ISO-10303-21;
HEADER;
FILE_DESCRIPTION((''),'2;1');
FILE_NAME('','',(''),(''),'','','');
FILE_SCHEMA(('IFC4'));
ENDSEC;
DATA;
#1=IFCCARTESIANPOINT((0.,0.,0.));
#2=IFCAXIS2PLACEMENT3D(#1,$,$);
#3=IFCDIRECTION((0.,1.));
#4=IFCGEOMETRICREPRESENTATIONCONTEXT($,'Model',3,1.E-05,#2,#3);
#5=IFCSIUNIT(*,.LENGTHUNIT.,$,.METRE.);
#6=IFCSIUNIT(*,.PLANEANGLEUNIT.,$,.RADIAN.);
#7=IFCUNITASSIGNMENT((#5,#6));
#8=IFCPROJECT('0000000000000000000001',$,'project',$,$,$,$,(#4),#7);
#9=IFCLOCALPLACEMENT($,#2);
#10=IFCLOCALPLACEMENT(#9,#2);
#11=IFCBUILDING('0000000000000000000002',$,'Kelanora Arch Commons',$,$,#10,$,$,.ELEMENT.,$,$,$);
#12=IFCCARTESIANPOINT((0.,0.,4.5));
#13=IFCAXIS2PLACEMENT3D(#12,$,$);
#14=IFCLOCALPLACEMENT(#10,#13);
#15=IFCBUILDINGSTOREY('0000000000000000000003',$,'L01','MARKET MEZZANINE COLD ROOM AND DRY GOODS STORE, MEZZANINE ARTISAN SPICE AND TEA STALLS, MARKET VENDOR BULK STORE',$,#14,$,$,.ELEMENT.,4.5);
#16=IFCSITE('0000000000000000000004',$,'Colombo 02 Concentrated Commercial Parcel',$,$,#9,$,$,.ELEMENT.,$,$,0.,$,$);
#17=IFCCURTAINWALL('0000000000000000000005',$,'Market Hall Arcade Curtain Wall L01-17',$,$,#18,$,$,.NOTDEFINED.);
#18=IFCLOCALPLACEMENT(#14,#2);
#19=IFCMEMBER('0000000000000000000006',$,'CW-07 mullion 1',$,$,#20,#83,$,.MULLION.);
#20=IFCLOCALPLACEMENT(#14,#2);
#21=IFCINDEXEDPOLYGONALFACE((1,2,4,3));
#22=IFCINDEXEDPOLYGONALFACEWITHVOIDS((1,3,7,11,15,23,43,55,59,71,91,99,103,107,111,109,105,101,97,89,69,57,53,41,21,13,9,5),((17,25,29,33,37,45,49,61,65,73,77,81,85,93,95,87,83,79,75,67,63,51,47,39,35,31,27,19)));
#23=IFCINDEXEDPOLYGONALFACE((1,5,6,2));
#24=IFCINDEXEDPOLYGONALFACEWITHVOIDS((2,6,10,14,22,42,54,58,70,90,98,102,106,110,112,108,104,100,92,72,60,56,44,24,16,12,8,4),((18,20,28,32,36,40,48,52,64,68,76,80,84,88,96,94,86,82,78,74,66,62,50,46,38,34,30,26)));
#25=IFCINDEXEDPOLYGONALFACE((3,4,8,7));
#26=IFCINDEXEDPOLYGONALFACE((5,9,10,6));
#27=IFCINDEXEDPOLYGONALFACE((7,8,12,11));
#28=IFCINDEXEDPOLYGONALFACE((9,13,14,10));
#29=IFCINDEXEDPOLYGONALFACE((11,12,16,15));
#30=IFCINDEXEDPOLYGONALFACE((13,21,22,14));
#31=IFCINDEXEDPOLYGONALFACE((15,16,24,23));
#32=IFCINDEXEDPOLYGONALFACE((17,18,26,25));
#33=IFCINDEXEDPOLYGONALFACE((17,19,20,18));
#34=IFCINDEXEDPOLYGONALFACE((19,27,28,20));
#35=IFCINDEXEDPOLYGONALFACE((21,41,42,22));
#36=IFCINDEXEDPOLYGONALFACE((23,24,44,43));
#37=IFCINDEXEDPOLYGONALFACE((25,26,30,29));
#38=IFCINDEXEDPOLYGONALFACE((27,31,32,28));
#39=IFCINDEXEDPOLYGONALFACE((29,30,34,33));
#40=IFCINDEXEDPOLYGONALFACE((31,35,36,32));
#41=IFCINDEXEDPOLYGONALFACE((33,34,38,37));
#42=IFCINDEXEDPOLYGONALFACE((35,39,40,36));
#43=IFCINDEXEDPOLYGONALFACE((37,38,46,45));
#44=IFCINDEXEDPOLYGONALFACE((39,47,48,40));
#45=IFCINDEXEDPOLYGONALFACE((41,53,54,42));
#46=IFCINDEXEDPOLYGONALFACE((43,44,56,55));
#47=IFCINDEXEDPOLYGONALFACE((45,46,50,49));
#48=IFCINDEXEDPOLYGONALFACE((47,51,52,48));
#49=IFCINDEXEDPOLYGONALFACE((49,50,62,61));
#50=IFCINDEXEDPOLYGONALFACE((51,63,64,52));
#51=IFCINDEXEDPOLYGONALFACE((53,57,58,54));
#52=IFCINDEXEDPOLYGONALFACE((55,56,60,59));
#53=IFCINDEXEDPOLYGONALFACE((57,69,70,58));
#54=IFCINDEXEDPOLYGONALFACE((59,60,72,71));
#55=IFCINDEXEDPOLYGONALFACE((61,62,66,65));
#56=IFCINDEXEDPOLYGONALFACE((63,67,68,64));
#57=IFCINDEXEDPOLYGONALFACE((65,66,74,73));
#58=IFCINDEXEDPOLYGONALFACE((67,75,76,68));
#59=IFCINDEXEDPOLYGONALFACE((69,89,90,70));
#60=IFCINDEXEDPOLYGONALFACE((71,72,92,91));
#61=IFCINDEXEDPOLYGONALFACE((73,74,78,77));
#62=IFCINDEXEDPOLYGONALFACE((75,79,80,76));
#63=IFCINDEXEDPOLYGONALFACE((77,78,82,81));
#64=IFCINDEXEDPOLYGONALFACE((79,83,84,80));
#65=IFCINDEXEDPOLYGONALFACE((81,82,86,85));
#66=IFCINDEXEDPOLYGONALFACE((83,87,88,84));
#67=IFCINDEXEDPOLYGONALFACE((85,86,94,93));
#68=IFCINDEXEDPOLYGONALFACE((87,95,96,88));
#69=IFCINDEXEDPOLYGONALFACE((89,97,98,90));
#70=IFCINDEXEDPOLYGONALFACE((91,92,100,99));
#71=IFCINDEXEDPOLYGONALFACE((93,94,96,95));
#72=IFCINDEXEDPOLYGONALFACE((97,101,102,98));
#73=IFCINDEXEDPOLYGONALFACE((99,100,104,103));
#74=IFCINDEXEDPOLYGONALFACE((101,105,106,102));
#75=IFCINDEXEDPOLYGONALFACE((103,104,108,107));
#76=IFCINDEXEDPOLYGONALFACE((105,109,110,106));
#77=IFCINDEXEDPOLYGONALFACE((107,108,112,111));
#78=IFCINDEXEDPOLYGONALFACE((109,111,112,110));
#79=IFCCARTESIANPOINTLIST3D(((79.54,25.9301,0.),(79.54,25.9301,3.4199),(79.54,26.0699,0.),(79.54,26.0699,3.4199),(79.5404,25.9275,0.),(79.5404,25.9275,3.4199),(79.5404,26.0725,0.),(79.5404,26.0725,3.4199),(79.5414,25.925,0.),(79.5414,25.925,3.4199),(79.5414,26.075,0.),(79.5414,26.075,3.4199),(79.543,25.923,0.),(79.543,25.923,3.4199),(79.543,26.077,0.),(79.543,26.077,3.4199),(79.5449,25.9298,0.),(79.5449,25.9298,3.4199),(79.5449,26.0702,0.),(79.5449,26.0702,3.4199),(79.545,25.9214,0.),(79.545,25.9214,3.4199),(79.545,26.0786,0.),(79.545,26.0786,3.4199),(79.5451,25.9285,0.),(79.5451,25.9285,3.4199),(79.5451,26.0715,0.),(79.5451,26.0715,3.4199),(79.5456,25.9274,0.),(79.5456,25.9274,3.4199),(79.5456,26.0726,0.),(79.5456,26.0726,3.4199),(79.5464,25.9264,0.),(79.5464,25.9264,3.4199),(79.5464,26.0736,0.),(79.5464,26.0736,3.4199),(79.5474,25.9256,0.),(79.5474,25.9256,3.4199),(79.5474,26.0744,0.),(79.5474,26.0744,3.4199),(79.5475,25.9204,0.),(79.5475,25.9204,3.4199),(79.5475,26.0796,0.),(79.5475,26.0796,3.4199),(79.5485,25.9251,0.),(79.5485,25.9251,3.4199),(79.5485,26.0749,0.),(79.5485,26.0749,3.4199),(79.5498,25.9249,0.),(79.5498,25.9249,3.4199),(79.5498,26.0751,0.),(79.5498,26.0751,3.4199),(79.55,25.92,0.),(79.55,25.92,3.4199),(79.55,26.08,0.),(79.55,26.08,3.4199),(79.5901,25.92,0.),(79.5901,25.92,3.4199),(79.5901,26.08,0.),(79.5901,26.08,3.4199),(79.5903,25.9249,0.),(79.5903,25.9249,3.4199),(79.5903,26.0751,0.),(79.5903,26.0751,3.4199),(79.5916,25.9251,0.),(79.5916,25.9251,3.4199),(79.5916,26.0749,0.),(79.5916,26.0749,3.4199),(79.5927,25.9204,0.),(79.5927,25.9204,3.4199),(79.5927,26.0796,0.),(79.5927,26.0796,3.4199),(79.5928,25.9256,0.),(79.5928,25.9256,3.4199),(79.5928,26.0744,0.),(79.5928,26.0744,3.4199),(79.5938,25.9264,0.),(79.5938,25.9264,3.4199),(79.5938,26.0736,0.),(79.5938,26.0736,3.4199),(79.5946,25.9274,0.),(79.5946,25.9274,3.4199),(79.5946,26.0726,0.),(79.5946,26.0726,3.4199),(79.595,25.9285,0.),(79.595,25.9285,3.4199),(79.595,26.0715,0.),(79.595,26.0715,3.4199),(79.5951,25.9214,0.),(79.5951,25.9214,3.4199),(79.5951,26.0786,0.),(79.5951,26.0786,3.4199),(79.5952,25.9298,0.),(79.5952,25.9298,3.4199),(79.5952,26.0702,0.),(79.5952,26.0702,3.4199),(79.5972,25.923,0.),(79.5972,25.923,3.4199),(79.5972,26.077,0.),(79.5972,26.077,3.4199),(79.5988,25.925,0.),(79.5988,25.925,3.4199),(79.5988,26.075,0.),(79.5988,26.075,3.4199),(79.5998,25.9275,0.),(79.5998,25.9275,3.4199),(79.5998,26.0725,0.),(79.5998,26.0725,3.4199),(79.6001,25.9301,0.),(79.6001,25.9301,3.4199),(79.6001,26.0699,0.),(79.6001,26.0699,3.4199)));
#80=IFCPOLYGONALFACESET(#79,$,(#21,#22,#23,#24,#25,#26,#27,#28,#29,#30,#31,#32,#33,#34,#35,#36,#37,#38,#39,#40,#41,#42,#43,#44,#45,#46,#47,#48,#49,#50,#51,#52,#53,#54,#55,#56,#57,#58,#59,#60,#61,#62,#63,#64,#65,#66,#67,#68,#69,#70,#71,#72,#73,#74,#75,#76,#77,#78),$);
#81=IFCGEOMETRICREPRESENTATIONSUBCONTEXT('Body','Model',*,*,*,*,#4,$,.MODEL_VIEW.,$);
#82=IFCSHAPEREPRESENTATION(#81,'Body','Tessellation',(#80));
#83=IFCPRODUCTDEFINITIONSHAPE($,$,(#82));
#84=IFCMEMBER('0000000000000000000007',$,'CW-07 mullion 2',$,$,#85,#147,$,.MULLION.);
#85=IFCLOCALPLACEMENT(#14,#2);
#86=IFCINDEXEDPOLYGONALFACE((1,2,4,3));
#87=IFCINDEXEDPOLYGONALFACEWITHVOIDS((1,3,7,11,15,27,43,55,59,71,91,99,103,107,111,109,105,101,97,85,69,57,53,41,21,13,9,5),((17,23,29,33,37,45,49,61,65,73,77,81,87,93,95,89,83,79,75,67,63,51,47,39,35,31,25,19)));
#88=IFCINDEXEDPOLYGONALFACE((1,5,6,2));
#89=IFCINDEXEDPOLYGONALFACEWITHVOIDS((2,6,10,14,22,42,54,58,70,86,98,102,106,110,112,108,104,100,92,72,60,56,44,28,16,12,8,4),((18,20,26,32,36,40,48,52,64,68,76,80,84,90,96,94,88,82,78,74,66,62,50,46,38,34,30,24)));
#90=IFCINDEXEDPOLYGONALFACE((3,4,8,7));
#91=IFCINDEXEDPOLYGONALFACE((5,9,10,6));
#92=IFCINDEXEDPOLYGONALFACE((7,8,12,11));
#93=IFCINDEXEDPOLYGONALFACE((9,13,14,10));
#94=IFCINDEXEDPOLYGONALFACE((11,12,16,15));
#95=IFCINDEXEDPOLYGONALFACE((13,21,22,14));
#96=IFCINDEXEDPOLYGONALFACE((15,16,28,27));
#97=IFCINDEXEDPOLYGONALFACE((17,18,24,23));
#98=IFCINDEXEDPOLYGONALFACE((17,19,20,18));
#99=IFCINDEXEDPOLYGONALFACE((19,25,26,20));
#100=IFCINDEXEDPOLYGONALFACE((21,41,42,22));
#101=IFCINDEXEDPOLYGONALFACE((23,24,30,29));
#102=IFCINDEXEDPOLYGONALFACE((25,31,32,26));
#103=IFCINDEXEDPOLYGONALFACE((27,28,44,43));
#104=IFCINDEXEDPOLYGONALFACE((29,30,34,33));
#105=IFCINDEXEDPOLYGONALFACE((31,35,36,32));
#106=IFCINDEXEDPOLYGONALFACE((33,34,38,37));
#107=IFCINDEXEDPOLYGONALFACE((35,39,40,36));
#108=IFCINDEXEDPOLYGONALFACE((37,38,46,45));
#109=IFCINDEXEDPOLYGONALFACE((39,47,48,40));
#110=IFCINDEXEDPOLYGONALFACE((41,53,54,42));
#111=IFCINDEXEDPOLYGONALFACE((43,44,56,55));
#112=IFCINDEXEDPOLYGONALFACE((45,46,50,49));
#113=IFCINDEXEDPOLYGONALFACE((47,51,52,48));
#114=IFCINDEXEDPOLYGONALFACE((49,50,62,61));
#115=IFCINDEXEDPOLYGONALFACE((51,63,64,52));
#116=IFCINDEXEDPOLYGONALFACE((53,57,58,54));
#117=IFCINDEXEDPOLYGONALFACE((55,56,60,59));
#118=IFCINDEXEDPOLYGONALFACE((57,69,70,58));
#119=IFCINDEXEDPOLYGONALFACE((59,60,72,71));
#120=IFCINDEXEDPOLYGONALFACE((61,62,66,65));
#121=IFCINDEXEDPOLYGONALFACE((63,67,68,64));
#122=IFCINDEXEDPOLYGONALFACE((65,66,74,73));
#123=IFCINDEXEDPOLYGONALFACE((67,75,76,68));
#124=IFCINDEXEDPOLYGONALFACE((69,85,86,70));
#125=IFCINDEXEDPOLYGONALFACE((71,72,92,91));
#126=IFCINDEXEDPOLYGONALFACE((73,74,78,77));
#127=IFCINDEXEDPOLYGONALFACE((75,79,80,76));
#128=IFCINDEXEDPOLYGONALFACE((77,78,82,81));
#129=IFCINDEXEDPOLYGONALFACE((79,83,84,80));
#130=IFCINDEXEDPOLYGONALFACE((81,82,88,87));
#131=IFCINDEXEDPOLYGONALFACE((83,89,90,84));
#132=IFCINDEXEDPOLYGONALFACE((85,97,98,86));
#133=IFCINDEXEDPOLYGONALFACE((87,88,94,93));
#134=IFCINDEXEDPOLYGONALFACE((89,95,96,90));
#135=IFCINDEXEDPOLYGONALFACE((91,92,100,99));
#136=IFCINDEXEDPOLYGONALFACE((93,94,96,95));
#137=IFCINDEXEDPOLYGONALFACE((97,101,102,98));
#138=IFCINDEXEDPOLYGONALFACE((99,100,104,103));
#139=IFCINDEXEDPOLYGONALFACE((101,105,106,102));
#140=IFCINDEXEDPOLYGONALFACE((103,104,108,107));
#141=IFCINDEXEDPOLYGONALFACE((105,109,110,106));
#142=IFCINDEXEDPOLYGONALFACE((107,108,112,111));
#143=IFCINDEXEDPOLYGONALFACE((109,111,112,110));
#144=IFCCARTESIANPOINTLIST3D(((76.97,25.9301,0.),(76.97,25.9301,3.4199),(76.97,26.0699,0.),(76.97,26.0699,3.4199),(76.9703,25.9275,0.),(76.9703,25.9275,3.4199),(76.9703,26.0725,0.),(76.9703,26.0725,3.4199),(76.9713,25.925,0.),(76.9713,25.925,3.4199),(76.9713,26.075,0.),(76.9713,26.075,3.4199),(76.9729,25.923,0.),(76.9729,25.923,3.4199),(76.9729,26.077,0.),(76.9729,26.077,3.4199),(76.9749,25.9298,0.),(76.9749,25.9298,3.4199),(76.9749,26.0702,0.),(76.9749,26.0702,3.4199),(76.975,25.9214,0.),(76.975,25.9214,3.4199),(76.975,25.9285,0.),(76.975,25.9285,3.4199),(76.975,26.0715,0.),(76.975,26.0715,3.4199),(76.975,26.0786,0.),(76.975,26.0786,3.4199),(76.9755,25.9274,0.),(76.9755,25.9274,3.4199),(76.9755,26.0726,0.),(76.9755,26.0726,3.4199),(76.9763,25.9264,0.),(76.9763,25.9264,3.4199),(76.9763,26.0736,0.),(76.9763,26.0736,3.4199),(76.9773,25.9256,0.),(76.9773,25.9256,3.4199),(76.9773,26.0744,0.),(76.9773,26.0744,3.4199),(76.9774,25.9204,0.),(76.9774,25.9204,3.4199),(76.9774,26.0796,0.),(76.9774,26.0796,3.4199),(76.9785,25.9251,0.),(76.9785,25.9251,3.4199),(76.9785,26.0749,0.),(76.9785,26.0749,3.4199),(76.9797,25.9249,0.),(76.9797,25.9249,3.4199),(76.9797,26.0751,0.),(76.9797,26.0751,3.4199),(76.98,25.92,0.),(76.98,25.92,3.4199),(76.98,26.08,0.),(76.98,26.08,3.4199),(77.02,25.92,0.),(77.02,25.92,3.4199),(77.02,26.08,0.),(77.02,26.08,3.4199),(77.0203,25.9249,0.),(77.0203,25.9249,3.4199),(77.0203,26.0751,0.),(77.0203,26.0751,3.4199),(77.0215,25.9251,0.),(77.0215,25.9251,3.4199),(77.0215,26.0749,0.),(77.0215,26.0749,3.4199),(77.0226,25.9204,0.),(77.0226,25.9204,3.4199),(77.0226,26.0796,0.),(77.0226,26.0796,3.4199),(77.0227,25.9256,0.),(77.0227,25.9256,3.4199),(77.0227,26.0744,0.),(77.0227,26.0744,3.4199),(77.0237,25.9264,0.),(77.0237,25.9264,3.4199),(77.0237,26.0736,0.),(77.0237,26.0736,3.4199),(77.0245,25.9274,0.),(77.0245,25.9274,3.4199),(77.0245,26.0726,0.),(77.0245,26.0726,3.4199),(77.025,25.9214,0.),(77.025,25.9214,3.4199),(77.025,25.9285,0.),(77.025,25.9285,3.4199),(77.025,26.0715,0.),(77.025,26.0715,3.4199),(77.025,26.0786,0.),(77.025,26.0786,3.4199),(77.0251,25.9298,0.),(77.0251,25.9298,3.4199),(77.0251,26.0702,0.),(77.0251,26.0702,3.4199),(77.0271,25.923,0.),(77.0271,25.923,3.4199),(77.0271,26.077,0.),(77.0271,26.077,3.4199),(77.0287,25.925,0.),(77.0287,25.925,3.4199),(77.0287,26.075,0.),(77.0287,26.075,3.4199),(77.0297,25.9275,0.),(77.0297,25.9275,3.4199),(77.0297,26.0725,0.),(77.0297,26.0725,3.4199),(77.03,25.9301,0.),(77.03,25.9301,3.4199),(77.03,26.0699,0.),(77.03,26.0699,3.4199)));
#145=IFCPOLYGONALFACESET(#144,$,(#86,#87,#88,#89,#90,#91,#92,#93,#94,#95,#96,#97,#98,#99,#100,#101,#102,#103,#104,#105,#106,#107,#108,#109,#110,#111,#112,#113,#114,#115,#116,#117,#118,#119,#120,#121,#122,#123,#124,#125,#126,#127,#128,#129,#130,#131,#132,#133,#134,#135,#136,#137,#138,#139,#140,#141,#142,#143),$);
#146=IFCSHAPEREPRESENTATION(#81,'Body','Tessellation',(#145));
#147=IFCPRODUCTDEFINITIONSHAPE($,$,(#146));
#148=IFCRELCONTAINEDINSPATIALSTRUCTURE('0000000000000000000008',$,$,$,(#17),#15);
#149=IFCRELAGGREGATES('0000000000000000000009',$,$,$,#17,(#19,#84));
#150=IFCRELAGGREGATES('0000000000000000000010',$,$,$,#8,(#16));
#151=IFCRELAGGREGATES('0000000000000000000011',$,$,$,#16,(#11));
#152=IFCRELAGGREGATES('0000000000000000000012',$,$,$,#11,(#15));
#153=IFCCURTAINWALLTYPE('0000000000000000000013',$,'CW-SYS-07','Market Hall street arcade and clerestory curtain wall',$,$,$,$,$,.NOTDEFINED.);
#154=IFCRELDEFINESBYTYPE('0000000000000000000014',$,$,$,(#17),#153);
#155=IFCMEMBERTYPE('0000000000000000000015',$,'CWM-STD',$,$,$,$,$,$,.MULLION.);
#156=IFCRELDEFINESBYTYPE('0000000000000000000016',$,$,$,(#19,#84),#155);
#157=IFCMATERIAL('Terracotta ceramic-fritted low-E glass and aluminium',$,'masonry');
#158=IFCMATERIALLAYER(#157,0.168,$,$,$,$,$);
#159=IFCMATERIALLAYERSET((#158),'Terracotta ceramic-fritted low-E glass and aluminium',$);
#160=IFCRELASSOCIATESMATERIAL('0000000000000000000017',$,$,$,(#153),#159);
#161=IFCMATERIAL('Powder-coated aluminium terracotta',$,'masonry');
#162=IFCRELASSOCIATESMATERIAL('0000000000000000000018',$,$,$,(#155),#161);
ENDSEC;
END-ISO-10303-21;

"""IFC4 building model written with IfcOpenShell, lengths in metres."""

from ifc_helpers import new_model, si_unit, direction, frame, origin, origin_2d, place, context, subcontext, project, spatial, hollow_rectangle, extrude, material, layer, layer_set, material_profile, profile_set, type_object, element, aggregate, save


model = new_model("IFC4")

# Units and contexts
model_context = context("Model", 3, precision=1e-05, world=origin(), true_north=direction((0.0, 1.0)))
body_context = subcontext(model_context, "Body", "Model", "MODEL_VIEW")
ifc_project = project(units=[si_unit("LENGTHUNIT", "METRE"), si_unit("PLANEANGLEUNIT", "RADIAN")], contexts=[model_context])

# Site, building, storey
site_placement = place(None, origin())
site = spatial("IfcSite", under=ifc_project, at=site_placement, Name="Colombo 02 Concentrated Commercial Parcel", CompositionType="ELEMENT", RefElevation=0.0)
building_placement = place(site_placement, origin())
building = spatial("IfcBuilding", under=site, at=building_placement, Name="Kelanora Arch Commons", CompositionType="ELEMENT")
storey_placement = place(building_placement, frame((0.0, 0.0, 4.5)))
storey = spatial("IfcBuildingStorey", under=building, at=storey_placement, Name="L01", Description="MARKET MEZZANINE COLD ROOM AND DRY GOODS STORE, MEZZANINE ARTISAN SPICE AND TEA STALLS, MARKET VENDOR BULK STORE", CompositionType="ELEMENT", Elevation=4.5)

# Curtain wall, members
ifc_material_1 = material(Name="Terracotta ceramic-fritted low-E glass and aluminium", Category="masonry")
ifc_layer_1 = layer(ifc_material_1, 0.168)
ifc_layer_set_1 = layer_set([ifc_layer_1], Name="Terracotta ceramic-fritted low-E glass and aluminium")
curtain_wall_type = type_object("IfcCurtainWallType", Name="CW-SYS-07", Description="Market Hall street arcade and clerestory curtain wall", PredefinedType="NOTDEFINED", material=ifc_layer_set_1)
curtain_wall_placement = place(storey_placement, origin())
curtain_wall = element("IfcCurtainWall", 1, at=curtain_wall_placement, inside=storey, type_object=curtain_wall_type, Name="Market Hall Arcade Curtain Wall L01-17", PredefinedType="NOTDEFINED")
ifc_material_2 = material(Name="Powder-coated aluminium terracotta", Category="masonry")
ifc_material_profile_1 = material_profile(ifc_material_2, hollow_rectangle(XDim=0.1599, YDim=0.0601, WallThickness=0.0049, InnerFilletRadius=0.0049, OuterFilletRadius=0.01, at=origin_2d()), Name="CWM160x60")
ifc_profile_set_1 = profile_set([ifc_material_profile_1], Name="Powder-coated aluminium terracotta")
member_type_1 = type_object("IfcMemberType", Name="CWM-STD", PredefinedType="MULLION", material=ifc_profile_set_1)
member_1_placement = place(storey_placement, frame((79.5701, 26.0, 0.0), z_axis=(0.0, 0.0, 1.0), x_axis=(0.0, -1.0, 0.0)))
member_1 = element("IfcMember", 2, at=member_1_placement, type_object=member_type_1, Name="CW-07 mullion 1", PredefinedType="MULLION", context=body_context, shape_type="SweptSolid", body=[
    extrude(hollow_rectangle(XDim=0.1599, YDim=0.0601, WallThickness=0.0049, InnerFilletRadius=0.0049, OuterFilletRadius=0.01, at=origin_2d()), origin(), (0.0, 0.0, 1.0), 3.4199),
])
member_2_placement = place(storey_placement, frame((77.0, 26.0, 0.0), z_axis=(0.0, 0.0, 1.0), x_axis=(0.0, -1.0, 0.0)))
member_2 = element("IfcMember", 3, at=member_2_placement, type_object=member_type_1, Name="CW-07 mullion 2", PredefinedType="MULLION", context=body_context, shape_type="SweptSolid", body=[
    extrude(hollow_rectangle(XDim=0.1599, YDim=0.0601, WallThickness=0.0049, InnerFilletRadius=0.0049, OuterFilletRadius=0.01, at=origin_2d()), origin(), (0.0, 0.0, 1.0), 3.4199),
])
aggregate(curtain_wall, [member_1, member_2])

save(model, "model.ifc")
